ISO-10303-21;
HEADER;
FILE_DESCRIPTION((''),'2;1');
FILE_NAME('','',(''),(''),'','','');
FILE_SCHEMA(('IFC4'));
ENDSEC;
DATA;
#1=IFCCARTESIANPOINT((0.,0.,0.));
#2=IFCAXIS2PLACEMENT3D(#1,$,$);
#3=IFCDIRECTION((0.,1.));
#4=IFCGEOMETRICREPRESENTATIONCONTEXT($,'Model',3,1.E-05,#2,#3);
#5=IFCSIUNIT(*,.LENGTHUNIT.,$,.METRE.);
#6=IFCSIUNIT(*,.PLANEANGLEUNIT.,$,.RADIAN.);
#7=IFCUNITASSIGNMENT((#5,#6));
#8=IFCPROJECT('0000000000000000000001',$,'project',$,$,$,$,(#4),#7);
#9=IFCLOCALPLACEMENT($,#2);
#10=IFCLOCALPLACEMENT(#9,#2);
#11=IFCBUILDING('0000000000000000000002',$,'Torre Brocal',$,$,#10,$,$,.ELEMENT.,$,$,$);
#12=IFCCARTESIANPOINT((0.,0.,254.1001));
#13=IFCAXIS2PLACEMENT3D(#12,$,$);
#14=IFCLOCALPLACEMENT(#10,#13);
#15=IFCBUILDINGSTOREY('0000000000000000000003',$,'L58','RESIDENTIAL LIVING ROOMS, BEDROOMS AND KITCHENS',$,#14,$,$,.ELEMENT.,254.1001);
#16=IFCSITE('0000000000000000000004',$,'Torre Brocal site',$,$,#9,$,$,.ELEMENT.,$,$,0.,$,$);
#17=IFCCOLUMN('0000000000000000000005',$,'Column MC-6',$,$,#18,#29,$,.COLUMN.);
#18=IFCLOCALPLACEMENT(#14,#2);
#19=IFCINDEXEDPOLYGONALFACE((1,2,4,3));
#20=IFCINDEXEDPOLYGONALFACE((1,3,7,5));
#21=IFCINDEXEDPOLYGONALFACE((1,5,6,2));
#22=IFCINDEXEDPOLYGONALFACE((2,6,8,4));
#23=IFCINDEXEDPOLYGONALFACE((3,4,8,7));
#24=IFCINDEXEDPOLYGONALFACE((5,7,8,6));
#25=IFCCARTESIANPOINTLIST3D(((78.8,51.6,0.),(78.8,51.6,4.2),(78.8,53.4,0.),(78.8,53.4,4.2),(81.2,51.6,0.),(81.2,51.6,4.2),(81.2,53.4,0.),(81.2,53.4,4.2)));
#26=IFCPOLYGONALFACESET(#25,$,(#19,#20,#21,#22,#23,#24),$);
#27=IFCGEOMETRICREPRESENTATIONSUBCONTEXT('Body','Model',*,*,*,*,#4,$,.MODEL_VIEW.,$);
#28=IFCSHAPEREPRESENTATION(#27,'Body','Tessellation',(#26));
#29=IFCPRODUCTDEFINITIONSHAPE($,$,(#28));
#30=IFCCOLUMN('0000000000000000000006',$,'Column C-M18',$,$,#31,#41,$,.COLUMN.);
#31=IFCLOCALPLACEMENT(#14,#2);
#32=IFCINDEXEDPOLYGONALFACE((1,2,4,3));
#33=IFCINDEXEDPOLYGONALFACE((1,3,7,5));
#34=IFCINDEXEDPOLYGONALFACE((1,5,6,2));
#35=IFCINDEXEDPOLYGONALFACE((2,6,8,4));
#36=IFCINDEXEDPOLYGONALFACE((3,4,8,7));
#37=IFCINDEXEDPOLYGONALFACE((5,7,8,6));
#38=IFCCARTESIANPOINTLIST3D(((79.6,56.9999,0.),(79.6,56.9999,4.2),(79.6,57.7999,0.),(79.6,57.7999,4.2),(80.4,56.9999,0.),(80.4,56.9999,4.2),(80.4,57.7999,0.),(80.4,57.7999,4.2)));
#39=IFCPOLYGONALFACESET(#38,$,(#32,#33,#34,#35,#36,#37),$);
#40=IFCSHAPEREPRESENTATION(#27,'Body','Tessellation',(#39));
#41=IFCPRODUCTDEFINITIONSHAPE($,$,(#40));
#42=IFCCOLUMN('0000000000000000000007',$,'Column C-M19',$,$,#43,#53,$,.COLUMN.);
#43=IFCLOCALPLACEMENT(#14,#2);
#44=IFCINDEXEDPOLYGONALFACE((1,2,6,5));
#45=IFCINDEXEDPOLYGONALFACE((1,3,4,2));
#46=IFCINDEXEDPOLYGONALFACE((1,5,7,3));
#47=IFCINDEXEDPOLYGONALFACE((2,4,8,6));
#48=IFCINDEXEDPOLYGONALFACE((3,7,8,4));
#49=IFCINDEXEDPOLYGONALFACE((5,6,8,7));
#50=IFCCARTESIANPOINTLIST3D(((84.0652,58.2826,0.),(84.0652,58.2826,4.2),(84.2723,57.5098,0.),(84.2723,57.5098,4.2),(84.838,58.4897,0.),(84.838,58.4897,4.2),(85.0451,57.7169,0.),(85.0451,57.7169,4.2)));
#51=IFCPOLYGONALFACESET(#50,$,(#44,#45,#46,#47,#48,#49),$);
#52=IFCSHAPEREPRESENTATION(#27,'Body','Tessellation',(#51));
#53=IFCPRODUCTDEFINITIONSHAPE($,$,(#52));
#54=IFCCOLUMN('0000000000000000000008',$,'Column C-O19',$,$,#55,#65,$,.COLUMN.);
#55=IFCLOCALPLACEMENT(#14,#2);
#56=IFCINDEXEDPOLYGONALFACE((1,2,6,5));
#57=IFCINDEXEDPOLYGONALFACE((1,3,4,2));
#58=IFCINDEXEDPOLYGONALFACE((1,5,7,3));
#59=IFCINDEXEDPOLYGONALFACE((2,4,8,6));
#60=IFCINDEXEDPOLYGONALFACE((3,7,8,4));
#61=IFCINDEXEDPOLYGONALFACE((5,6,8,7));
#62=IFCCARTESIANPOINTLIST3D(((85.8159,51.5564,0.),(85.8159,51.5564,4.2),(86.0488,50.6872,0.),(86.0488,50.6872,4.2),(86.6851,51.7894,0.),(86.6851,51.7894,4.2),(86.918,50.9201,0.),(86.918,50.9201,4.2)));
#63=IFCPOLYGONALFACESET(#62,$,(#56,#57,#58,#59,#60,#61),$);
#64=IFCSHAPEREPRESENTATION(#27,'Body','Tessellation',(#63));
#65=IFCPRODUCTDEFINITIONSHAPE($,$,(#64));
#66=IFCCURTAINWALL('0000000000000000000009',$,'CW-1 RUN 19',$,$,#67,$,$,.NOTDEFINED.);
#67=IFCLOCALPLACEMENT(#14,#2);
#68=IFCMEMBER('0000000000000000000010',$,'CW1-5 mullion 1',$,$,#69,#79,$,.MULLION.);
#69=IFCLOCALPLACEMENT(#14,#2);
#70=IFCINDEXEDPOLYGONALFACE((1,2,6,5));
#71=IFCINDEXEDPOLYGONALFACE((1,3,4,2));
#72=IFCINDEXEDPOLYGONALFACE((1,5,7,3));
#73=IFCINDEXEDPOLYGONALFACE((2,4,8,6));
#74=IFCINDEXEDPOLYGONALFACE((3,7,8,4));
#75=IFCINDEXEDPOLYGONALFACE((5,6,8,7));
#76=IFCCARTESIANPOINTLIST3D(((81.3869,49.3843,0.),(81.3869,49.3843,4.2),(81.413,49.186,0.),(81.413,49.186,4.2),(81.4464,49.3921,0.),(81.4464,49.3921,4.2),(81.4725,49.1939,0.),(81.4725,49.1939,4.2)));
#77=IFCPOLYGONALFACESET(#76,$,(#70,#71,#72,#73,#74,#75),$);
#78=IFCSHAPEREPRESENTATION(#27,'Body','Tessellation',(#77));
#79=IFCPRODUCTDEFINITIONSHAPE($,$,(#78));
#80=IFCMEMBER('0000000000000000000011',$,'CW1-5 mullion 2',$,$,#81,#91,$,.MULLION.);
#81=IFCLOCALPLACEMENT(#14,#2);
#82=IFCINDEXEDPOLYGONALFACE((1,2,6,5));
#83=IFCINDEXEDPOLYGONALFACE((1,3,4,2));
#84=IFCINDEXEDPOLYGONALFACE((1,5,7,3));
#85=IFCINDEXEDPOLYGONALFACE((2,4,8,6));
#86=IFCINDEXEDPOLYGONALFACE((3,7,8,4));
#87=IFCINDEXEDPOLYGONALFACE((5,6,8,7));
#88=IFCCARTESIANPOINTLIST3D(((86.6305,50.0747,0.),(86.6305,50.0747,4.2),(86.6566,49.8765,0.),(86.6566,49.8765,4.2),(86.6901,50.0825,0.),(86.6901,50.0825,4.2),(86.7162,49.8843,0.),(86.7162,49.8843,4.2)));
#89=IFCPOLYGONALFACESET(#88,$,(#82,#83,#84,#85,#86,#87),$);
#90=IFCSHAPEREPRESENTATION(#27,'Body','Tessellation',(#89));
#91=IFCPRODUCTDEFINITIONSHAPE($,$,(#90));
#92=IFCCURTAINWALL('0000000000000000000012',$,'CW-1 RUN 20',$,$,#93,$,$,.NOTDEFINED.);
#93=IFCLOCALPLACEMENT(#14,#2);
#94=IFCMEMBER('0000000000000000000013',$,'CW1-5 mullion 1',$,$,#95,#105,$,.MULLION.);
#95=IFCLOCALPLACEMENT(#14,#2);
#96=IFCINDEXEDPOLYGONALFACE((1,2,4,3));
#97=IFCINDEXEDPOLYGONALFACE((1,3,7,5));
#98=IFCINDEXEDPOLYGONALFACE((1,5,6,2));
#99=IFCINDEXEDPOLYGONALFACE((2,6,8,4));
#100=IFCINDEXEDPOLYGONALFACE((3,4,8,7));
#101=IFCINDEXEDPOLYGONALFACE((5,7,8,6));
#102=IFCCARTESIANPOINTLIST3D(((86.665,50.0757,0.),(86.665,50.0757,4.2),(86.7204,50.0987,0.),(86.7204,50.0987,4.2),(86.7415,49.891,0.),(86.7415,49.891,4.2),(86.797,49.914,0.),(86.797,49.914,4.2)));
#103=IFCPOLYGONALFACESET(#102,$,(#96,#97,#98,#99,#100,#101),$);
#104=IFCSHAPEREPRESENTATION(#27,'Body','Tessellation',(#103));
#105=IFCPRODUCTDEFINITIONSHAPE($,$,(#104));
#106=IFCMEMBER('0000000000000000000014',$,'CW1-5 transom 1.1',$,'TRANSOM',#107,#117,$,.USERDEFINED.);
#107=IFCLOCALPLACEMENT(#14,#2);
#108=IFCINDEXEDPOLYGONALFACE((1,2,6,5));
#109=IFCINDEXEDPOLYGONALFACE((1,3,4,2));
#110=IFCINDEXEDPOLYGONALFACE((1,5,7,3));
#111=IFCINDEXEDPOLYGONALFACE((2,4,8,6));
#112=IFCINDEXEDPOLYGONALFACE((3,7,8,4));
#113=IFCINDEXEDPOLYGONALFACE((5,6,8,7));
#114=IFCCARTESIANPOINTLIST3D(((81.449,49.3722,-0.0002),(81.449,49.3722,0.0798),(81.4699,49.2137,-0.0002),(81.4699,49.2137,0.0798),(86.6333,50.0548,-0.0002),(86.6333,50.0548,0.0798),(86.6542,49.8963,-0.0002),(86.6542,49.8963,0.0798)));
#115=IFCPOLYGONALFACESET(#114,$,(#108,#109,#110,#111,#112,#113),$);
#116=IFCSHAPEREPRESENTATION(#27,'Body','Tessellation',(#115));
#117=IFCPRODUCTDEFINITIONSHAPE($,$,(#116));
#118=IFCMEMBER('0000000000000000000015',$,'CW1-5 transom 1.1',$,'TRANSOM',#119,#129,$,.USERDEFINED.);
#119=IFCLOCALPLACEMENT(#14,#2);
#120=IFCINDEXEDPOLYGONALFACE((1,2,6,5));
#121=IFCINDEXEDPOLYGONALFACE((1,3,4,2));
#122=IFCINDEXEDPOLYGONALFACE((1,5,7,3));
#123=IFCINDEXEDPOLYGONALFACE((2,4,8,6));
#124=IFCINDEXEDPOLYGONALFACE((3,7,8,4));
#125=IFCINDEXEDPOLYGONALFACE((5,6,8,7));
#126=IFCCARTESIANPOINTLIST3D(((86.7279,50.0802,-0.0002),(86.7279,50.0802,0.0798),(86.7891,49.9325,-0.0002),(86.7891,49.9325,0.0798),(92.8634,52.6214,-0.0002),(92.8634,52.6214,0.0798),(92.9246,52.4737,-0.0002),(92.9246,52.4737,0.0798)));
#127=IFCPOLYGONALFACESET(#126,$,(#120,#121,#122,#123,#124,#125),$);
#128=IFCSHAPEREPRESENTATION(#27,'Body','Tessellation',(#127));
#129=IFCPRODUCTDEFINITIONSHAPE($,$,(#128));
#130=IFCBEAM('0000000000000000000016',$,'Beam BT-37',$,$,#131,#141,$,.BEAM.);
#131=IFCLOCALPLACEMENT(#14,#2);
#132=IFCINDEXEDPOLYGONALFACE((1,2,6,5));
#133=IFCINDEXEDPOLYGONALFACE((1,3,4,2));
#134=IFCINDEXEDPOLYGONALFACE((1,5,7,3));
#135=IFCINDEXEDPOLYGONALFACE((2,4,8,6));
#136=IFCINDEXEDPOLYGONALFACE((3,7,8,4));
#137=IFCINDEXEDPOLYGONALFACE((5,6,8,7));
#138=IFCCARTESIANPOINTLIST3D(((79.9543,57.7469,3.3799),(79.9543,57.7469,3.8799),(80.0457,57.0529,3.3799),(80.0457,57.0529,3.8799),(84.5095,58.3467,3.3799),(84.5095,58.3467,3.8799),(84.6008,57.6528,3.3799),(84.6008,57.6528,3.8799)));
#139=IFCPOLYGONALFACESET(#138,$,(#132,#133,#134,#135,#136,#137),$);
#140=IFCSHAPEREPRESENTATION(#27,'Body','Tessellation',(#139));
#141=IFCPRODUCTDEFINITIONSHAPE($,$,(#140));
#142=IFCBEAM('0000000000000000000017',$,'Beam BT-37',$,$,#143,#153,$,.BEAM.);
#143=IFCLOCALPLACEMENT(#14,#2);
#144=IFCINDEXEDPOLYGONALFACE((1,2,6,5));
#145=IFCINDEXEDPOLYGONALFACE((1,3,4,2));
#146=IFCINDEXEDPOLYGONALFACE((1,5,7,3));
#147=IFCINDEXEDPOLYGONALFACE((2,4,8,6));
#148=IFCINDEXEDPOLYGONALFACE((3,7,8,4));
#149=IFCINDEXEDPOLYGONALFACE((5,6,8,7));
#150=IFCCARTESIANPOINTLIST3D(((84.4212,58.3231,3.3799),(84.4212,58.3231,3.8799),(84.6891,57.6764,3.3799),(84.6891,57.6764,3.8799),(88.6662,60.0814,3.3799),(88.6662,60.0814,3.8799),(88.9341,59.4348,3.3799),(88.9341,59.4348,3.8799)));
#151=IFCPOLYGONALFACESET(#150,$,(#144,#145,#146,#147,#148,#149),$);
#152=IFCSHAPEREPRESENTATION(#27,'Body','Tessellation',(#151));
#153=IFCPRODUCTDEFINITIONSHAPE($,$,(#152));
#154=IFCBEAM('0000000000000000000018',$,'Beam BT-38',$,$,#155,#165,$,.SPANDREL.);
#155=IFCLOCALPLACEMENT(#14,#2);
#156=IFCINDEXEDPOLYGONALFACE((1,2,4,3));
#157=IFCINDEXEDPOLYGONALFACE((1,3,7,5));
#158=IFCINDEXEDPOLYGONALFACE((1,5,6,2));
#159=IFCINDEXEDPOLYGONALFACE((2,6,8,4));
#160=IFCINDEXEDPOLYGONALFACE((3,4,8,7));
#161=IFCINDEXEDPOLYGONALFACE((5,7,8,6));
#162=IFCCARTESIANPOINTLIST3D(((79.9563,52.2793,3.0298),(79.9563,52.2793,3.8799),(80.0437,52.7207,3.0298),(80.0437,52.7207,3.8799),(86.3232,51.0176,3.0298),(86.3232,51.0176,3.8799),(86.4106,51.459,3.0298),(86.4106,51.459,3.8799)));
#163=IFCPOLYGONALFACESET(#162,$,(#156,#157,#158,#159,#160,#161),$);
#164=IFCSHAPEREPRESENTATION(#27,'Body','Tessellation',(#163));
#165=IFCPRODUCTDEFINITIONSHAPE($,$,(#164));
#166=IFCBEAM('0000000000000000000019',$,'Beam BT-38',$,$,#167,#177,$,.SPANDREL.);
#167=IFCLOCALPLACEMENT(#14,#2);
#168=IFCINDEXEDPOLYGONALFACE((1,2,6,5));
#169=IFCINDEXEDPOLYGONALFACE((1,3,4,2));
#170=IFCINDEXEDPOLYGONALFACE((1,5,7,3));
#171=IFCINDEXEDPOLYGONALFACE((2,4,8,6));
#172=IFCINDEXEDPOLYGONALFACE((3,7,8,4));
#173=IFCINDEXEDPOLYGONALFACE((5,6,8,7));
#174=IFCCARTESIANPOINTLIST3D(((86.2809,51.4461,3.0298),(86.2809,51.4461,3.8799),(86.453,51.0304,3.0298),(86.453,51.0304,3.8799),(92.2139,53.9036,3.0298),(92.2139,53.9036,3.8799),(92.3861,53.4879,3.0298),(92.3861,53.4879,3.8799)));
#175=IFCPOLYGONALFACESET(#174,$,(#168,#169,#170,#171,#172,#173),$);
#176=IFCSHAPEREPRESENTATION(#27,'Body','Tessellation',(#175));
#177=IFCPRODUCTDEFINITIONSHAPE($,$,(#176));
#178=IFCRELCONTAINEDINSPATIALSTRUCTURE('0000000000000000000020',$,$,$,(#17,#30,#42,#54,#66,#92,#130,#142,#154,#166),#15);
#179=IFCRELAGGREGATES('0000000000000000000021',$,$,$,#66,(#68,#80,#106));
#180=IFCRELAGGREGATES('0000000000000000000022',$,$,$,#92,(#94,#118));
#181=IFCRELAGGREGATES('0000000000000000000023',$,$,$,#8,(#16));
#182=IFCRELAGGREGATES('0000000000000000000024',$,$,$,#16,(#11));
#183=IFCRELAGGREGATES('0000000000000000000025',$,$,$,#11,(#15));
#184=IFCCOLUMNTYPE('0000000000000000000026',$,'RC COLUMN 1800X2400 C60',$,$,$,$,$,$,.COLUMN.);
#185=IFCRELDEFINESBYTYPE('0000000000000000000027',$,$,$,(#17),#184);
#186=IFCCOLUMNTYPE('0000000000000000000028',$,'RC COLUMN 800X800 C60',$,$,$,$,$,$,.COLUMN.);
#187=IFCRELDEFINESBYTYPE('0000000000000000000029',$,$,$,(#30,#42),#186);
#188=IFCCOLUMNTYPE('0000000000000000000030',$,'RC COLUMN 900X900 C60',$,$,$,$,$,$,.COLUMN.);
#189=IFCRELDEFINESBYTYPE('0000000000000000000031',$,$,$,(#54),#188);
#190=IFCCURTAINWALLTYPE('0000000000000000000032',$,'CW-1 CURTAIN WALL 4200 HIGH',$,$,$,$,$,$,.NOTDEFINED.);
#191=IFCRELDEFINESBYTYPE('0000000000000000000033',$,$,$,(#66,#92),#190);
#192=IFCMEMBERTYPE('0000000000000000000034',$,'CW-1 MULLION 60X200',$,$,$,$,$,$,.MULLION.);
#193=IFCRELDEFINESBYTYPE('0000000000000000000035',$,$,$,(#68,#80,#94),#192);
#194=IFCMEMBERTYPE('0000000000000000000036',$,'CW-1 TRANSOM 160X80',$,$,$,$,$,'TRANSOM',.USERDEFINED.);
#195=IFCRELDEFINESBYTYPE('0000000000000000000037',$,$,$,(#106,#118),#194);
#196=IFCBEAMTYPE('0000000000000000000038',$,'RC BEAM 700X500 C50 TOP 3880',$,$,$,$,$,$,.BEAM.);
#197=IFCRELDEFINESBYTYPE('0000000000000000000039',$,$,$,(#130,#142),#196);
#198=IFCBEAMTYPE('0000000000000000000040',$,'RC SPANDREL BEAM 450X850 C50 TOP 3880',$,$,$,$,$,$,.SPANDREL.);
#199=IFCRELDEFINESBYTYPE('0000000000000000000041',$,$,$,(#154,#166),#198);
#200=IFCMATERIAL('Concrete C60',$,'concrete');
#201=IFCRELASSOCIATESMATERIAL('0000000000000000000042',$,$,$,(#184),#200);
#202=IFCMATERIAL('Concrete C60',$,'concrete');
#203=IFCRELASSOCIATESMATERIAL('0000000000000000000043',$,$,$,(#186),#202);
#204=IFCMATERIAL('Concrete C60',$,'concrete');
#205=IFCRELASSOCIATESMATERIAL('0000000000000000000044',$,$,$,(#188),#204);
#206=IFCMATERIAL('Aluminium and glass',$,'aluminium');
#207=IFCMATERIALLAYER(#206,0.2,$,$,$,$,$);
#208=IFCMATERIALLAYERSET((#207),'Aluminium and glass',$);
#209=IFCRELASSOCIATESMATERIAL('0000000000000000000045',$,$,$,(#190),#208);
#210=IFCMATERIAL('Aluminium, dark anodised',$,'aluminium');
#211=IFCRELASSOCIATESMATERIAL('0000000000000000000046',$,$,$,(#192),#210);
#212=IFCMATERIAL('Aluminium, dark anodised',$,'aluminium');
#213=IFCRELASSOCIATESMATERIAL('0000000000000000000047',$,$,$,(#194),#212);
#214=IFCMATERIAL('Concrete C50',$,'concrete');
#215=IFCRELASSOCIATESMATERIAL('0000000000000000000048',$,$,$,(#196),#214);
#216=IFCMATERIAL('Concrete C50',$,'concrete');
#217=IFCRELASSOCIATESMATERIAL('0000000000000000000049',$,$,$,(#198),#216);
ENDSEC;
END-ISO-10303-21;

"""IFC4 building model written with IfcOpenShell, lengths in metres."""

from ifc_helpers import new_model, si_unit, direction, frame, origin, origin_2d, place, context, subcontext, project, spatial, rectangle, extrude, material, layer, layer_set, material_profile, profile_set, type_object, element, aggregate, save


model = new_model("IFC4")

# Units and contexts
model_context = context("Model", 3, precision=1e-05, world=origin(), true_north=direction((0.0, 1.0)))
body_context = subcontext(model_context, "Body", "Model", "MODEL_VIEW")
ifc_project = project(units=[si_unit("LENGTHUNIT", "METRE"), si_unit("PLANEANGLEUNIT", "RADIAN")], contexts=[model_context])

# Site, building, storey
site_placement = place(None, origin())
site = spatial("IfcSite", under=ifc_project, at=site_placement, Name="Torre Brocal site", CompositionType="ELEMENT", RefElevation=0.0)
building_placement = place(site_placement, origin())
building = spatial("IfcBuilding", under=site, at=building_placement, Name="Torre Brocal", CompositionType="ELEMENT")
storey_placement = place(building_placement, frame((0.0, 0.0, 254.1001)))
storey = spatial("IfcBuildingStorey", under=building, at=storey_placement, Name="L58", Description="RESIDENTIAL LIVING ROOMS, BEDROOMS AND KITCHENS", CompositionType="ELEMENT", Elevation=254.1001)

# Columns
ifc_material_1 = material(Name="Concrete C60", Category="concrete")
ifc_material_profile_1 = material_profile(ifc_material_1, rectangle(XDim=1.8, YDim=2.3999, at=origin_2d()), Name="RC 1800X2400")
ifc_profile_set_1 = profile_set([ifc_material_profile_1], Name="Concrete C60")
column_type_1 = type_object("IfcColumnType", Name="RC COLUMN 1800X2400 C60", PredefinedType="COLUMN", material=ifc_profile_set_1)
column_1_placement = place(storey_placement, frame((80.0, 52.5, 0.0), z_axis=(0.0, 0.0, 1.0), x_axis=(0.0, -1.0, 0.0)))
element("IfcColumn", 1, at=column_1_placement, inside=storey, type_object=column_type_1, Name="Column MC-6", PredefinedType="COLUMN", context=body_context, shape_type="SweptSolid", body=[
    extrude(rectangle(XDim=1.8, YDim=2.3999, at=origin_2d()), origin(), (0.0, 0.0, 1.0), 4.2),
])
ifc_material_2 = material(Name="Concrete C60", Category="concrete")
ifc_material_profile_2 = material_profile(ifc_material_2, rectangle(XDim=0.8, YDim=0.8, at=origin_2d()), Name="RC 800X800")
ifc_profile_set_2 = profile_set([ifc_material_profile_2], Name="Concrete C60")
column_type_2 = type_object("IfcColumnType", Name="RC COLUMN 800X800 C60", PredefinedType="COLUMN", material=ifc_profile_set_2)
for number, where, z_axis, x_axis, name in (
    (2, (80.0, 57.3999, 0.0), (0.0, 0.0, 1.0), (0.0, -1.0, 0.0), "Column C-M18"),
    (3, (84.5552, 57.9998, 0.0), (0.0, 0.0, 1.0), (0.258819, -0.965926, 0.0), "Column C-M19"),
):
    element("IfcColumn", number, at=place(storey_placement, frame(where, z_axis=z_axis, x_axis=x_axis)), inside=storey, type_object=column_type_2, Name=name, PredefinedType="COLUMN", context=body_context, shape_type="SweptSolid", body=[
        extrude(rectangle(XDim=0.8, YDim=0.8, at=origin_2d()), origin(), (0.0, 0.0, 1.0), 4.2),
    ])
ifc_material_3 = material(Name="Concrete C60", Category="concrete")
ifc_material_profile_3 = material_profile(ifc_material_3, rectangle(XDim=0.8999, YDim=0.8999, at=origin_2d()), Name="RC 900X900")
ifc_profile_set_3 = profile_set([ifc_material_profile_3], Name="Concrete C60")
column_type_3 = type_object("IfcColumnType", Name="RC COLUMN 900X900 C60", PredefinedType="COLUMN", material=ifc_profile_set_3)
column_2_placement = place(storey_placement, frame((86.3669, 51.2383, 0.0), z_axis=(0.0, 0.0, 1.0), x_axis=(0.258819, -0.965926, 0.0)))
element("IfcColumn", 4, at=column_2_placement, inside=storey, type_object=column_type_3, Name="Column C-O19", PredefinedType="COLUMN", context=body_context, shape_type="SweptSolid", body=[
    extrude(rectangle(XDim=0.8999, YDim=0.8999, at=origin_2d()), origin(), (0.0, 0.0, 1.0), 4.2),
])

# Curtain wall, members
ifc_material_4 = material(Name="Aluminium and glass", Category="aluminium")
ifc_layer_1 = layer(ifc_material_4, 0.2)
ifc_layer_set_1 = layer_set([ifc_layer_1], Name="Aluminium and glass")
curtain_wall_type = type_object("IfcCurtainWallType", Name="CW-1 CURTAIN WALL 4200 HIGH", PredefinedType="NOTDEFINED", material=ifc_layer_set_1)
curtain_wall_1_placement = place(storey_placement, origin())
curtain_wall_1 = element("IfcCurtainWall", 5, at=curtain_wall_1_placement, inside=storey, type_object=curtain_wall_type, Name="CW-1 RUN 19", PredefinedType="NOTDEFINED")
ifc_material_5 = material(Name="Aluminium, dark anodised", Category="aluminium")
ifc_material_profile_4 = material_profile(ifc_material_5, rectangle(XDim=0.2, YDim=0.0601, at=origin_2d()), Name="CW-1 MULLION 60X200")
ifc_profile_set_4 = profile_set([ifc_material_profile_4], Name="Aluminium, dark anodised")
member_type_1 = type_object("IfcMemberType", Name="CW-1 MULLION 60X200", PredefinedType="MULLION", material=ifc_profile_set_4)
member_1_placement = place(storey_placement, frame((81.4297, 49.2891, 0.0), z_axis=(0.0, 0.0, 1.0), x_axis=(-0.130526, 0.991445, 0.0)))
member_1 = element("IfcMember", 6, at=member_1_placement, type_object=member_type_1, Name="CW1-5 mullion 1", PredefinedType="MULLION", context=body_context, shape_type="SweptSolid", body=[
    extrude(rectangle(XDim=0.2, YDim=0.0601, at=origin_2d()), origin(), (0.0, 0.0, 1.0), 4.2),
])
member_2_placement = place(storey_placement, frame((86.6733, 49.9795, 0.0), z_axis=(0.0, 0.0, 1.0), x_axis=(-0.130526, 0.991445, 0.0)))
member_2 = element("IfcMember", 7, at=member_2_placement, type_object=member_type_1, Name="CW1-5 mullion 2", PredefinedType="MULLION", context=body_context, shape_type="SweptSolid", body=[
    extrude(rectangle(XDim=0.2, YDim=0.0601, at=origin_2d()), origin(), (0.0, 0.0, 1.0), 4.2),
])

# Curtain wall, member
curtain_wall_2_placement = place(storey_placement, origin())
curtain_wall_2 = element("IfcCurtainWall", 8, at=curtain_wall_2_placement, inside=storey, type_object=curtain_wall_type, Name="CW-1 RUN 20", PredefinedType="NOTDEFINED")
member_3_placement = place(storey_placement, frame((86.731, 49.9949, 0.0), z_axis=(0.0, 0.0, 1.0), x_axis=(-0.382683, 0.92388, 0.0)))
member_3 = element("IfcMember", 9, at=member_3_placement, type_object=member_type_1, Name="CW1-5 mullion 1", PredefinedType="MULLION", context=body_context, shape_type="SweptSolid", body=[
    extrude(rectangle(XDim=0.2, YDim=0.0601, at=origin_2d()), origin(), (0.0, 0.0, 1.0), 4.2),
])

# Members
ifc_material_6 = material(Name="Aluminium, dark anodised", Category="aluminium")
ifc_material_profile_5 = material_profile(ifc_material_6, rectangle(XDim=0.1599, YDim=0.0801, at=origin_2d()), Name="CW-1 TRANSOM 160X80")
ifc_profile_set_5 = profile_set([ifc_material_profile_5], Name="Aluminium, dark anodised")
member_type_2 = type_object("IfcMemberType", Name="CW-1 TRANSOM 160X80", ElementType="TRANSOM", PredefinedType="USERDEFINED", material=ifc_profile_set_5)
member_4_placement = place(storey_placement, frame((81.4595, 49.293, 0.0398), z_axis=(0.991443, 0.130543, 0.0), x_axis=(-0.130543, 0.991443, 0.0)))
member_4 = element("IfcMember", 10, at=member_4_placement, type_object=member_type_2, Name="CW1-5 transom 1.1", ObjectType="TRANSOM", PredefinedType="USERDEFINED", context=body_context, shape_type="SweptSolid", body=[
    extrude(rectangle(XDim=0.1599, YDim=0.0801, at=origin_2d()), origin(), (0.0, 0.0, 1.0), 5.229),
])
member_5_placement = place(storey_placement, frame((86.7585, 50.0063, 0.0398), z_axis=(0.923887, 0.382665, 0.0), x_axis=(-0.382665, 0.923887, 0.0)))
member_5 = element("IfcMember", 11, at=member_5_placement, type_object=member_type_2, Name="CW1-5 transom 1.1", ObjectType="TRANSOM", PredefinedType="USERDEFINED", context=body_context, shape_type="SweptSolid", body=[
    extrude(rectangle(XDim=0.1599, YDim=0.0801, at=origin_2d()), origin(), (0.0, 0.0, 1.0), 6.6409),
])

# Beams
ifc_material_7 = material(Name="Concrete C50", Category="concrete")
ifc_material_profile_6 = material_profile(ifc_material_7, rectangle(XDim=0.7, YDim=0.5, at=origin_2d()), Name="RC 700X500")
ifc_profile_set_6 = profile_set([ifc_material_profile_6], Name="Concrete C50")
beam_type_1 = type_object("IfcBeamType", Name="RC BEAM 700X500 C50 TOP 3880", PredefinedType="BEAM", material=ifc_profile_set_6)
beam_1_placement = place(storey_placement, frame((80.0, 57.3999, 3.6299), z_axis=(0.991441, 0.130559, 0.0), x_axis=(-0.130559, 0.991441, 0.0)))
element("IfcBeam", 12, at=beam_1_placement, inside=storey, type_object=beam_type_1, Name="Beam BT-37", PredefinedType="BEAM", context=body_context, shape_type="SweptSolid", body=[
    extrude(rectangle(XDim=0.7, YDim=0.5, at=origin_2d()), origin(), (0.0, 0.0, 1.0), 4.5945),
])
beam_2_placement = place(storey_placement, frame((84.5552, 57.9998, 3.6299), z_axis=(0.923878, 0.382687, 0.0), x_axis=(-0.382687, 0.923878, 0.0)))
element("IfcBeam", 13, at=beam_2_placement, inside=storey, type_object=beam_type_1, Name="Beam BT-37", PredefinedType="BEAM", context=body_context, shape_type="SweptSolid", body=[
    extrude(rectangle(XDim=0.7, YDim=0.5, at=origin_2d()), origin(), (0.0, 0.0, 1.0), 4.5947),
])
ifc_material_8 = material(Name="Concrete C50", Category="concrete")
ifc_material_profile_7 = material_profile(ifc_material_8, rectangle(XDim=0.45, YDim=0.8501, at=origin_2d()), Name="RC 450X850")
ifc_profile_set_7 = profile_set([ifc_material_profile_7], Name="Concrete C50")
beam_type_2 = type_object("IfcBeamType", Name="RC SPANDREL BEAM 450X850 C50 TOP 3880", PredefinedType="SPANDREL", material=ifc_profile_set_7)
beam_3_placement = place(storey_placement, frame((80.0, 52.5, 3.4548), z_axis=(0.980925, -0.194387, 0.0), x_axis=(0.194387, 0.980925, 0.0)))
element("IfcBeam", 14, at=beam_3_placement, inside=storey, type_object=beam_type_2, Name="Beam BT-38", PredefinedType="SPANDREL", context=body_context, shape_type="SweptSolid", body=[
    extrude(rectangle(XDim=0.45, YDim=0.8501, at=origin_2d()), origin(), (0.0, 0.0, 1.0), 6.4907),
])
beam_4_placement = place(storey_placement, frame((86.3669, 51.2383, 3.4548), z_axis=(0.923882, 0.382676, 0.0), x_axis=(-0.382676, 0.923882, 0.0)))
element("IfcBeam", 15, at=beam_4_placement, inside=storey, type_object=beam_type_2, Name="Beam BT-38", PredefinedType="SPANDREL", context=body_context, shape_type="SweptSolid", body=[
    extrude(rectangle(XDim=0.45, YDim=0.8501, at=origin_2d()), origin(), (0.0, 0.0, 1.0), 6.4219),
])

aggregate(curtain_wall_1, [member_1, member_2, member_4])
aggregate(curtain_wall_2, [member_3, member_5])

save(model, "model.ifc")
